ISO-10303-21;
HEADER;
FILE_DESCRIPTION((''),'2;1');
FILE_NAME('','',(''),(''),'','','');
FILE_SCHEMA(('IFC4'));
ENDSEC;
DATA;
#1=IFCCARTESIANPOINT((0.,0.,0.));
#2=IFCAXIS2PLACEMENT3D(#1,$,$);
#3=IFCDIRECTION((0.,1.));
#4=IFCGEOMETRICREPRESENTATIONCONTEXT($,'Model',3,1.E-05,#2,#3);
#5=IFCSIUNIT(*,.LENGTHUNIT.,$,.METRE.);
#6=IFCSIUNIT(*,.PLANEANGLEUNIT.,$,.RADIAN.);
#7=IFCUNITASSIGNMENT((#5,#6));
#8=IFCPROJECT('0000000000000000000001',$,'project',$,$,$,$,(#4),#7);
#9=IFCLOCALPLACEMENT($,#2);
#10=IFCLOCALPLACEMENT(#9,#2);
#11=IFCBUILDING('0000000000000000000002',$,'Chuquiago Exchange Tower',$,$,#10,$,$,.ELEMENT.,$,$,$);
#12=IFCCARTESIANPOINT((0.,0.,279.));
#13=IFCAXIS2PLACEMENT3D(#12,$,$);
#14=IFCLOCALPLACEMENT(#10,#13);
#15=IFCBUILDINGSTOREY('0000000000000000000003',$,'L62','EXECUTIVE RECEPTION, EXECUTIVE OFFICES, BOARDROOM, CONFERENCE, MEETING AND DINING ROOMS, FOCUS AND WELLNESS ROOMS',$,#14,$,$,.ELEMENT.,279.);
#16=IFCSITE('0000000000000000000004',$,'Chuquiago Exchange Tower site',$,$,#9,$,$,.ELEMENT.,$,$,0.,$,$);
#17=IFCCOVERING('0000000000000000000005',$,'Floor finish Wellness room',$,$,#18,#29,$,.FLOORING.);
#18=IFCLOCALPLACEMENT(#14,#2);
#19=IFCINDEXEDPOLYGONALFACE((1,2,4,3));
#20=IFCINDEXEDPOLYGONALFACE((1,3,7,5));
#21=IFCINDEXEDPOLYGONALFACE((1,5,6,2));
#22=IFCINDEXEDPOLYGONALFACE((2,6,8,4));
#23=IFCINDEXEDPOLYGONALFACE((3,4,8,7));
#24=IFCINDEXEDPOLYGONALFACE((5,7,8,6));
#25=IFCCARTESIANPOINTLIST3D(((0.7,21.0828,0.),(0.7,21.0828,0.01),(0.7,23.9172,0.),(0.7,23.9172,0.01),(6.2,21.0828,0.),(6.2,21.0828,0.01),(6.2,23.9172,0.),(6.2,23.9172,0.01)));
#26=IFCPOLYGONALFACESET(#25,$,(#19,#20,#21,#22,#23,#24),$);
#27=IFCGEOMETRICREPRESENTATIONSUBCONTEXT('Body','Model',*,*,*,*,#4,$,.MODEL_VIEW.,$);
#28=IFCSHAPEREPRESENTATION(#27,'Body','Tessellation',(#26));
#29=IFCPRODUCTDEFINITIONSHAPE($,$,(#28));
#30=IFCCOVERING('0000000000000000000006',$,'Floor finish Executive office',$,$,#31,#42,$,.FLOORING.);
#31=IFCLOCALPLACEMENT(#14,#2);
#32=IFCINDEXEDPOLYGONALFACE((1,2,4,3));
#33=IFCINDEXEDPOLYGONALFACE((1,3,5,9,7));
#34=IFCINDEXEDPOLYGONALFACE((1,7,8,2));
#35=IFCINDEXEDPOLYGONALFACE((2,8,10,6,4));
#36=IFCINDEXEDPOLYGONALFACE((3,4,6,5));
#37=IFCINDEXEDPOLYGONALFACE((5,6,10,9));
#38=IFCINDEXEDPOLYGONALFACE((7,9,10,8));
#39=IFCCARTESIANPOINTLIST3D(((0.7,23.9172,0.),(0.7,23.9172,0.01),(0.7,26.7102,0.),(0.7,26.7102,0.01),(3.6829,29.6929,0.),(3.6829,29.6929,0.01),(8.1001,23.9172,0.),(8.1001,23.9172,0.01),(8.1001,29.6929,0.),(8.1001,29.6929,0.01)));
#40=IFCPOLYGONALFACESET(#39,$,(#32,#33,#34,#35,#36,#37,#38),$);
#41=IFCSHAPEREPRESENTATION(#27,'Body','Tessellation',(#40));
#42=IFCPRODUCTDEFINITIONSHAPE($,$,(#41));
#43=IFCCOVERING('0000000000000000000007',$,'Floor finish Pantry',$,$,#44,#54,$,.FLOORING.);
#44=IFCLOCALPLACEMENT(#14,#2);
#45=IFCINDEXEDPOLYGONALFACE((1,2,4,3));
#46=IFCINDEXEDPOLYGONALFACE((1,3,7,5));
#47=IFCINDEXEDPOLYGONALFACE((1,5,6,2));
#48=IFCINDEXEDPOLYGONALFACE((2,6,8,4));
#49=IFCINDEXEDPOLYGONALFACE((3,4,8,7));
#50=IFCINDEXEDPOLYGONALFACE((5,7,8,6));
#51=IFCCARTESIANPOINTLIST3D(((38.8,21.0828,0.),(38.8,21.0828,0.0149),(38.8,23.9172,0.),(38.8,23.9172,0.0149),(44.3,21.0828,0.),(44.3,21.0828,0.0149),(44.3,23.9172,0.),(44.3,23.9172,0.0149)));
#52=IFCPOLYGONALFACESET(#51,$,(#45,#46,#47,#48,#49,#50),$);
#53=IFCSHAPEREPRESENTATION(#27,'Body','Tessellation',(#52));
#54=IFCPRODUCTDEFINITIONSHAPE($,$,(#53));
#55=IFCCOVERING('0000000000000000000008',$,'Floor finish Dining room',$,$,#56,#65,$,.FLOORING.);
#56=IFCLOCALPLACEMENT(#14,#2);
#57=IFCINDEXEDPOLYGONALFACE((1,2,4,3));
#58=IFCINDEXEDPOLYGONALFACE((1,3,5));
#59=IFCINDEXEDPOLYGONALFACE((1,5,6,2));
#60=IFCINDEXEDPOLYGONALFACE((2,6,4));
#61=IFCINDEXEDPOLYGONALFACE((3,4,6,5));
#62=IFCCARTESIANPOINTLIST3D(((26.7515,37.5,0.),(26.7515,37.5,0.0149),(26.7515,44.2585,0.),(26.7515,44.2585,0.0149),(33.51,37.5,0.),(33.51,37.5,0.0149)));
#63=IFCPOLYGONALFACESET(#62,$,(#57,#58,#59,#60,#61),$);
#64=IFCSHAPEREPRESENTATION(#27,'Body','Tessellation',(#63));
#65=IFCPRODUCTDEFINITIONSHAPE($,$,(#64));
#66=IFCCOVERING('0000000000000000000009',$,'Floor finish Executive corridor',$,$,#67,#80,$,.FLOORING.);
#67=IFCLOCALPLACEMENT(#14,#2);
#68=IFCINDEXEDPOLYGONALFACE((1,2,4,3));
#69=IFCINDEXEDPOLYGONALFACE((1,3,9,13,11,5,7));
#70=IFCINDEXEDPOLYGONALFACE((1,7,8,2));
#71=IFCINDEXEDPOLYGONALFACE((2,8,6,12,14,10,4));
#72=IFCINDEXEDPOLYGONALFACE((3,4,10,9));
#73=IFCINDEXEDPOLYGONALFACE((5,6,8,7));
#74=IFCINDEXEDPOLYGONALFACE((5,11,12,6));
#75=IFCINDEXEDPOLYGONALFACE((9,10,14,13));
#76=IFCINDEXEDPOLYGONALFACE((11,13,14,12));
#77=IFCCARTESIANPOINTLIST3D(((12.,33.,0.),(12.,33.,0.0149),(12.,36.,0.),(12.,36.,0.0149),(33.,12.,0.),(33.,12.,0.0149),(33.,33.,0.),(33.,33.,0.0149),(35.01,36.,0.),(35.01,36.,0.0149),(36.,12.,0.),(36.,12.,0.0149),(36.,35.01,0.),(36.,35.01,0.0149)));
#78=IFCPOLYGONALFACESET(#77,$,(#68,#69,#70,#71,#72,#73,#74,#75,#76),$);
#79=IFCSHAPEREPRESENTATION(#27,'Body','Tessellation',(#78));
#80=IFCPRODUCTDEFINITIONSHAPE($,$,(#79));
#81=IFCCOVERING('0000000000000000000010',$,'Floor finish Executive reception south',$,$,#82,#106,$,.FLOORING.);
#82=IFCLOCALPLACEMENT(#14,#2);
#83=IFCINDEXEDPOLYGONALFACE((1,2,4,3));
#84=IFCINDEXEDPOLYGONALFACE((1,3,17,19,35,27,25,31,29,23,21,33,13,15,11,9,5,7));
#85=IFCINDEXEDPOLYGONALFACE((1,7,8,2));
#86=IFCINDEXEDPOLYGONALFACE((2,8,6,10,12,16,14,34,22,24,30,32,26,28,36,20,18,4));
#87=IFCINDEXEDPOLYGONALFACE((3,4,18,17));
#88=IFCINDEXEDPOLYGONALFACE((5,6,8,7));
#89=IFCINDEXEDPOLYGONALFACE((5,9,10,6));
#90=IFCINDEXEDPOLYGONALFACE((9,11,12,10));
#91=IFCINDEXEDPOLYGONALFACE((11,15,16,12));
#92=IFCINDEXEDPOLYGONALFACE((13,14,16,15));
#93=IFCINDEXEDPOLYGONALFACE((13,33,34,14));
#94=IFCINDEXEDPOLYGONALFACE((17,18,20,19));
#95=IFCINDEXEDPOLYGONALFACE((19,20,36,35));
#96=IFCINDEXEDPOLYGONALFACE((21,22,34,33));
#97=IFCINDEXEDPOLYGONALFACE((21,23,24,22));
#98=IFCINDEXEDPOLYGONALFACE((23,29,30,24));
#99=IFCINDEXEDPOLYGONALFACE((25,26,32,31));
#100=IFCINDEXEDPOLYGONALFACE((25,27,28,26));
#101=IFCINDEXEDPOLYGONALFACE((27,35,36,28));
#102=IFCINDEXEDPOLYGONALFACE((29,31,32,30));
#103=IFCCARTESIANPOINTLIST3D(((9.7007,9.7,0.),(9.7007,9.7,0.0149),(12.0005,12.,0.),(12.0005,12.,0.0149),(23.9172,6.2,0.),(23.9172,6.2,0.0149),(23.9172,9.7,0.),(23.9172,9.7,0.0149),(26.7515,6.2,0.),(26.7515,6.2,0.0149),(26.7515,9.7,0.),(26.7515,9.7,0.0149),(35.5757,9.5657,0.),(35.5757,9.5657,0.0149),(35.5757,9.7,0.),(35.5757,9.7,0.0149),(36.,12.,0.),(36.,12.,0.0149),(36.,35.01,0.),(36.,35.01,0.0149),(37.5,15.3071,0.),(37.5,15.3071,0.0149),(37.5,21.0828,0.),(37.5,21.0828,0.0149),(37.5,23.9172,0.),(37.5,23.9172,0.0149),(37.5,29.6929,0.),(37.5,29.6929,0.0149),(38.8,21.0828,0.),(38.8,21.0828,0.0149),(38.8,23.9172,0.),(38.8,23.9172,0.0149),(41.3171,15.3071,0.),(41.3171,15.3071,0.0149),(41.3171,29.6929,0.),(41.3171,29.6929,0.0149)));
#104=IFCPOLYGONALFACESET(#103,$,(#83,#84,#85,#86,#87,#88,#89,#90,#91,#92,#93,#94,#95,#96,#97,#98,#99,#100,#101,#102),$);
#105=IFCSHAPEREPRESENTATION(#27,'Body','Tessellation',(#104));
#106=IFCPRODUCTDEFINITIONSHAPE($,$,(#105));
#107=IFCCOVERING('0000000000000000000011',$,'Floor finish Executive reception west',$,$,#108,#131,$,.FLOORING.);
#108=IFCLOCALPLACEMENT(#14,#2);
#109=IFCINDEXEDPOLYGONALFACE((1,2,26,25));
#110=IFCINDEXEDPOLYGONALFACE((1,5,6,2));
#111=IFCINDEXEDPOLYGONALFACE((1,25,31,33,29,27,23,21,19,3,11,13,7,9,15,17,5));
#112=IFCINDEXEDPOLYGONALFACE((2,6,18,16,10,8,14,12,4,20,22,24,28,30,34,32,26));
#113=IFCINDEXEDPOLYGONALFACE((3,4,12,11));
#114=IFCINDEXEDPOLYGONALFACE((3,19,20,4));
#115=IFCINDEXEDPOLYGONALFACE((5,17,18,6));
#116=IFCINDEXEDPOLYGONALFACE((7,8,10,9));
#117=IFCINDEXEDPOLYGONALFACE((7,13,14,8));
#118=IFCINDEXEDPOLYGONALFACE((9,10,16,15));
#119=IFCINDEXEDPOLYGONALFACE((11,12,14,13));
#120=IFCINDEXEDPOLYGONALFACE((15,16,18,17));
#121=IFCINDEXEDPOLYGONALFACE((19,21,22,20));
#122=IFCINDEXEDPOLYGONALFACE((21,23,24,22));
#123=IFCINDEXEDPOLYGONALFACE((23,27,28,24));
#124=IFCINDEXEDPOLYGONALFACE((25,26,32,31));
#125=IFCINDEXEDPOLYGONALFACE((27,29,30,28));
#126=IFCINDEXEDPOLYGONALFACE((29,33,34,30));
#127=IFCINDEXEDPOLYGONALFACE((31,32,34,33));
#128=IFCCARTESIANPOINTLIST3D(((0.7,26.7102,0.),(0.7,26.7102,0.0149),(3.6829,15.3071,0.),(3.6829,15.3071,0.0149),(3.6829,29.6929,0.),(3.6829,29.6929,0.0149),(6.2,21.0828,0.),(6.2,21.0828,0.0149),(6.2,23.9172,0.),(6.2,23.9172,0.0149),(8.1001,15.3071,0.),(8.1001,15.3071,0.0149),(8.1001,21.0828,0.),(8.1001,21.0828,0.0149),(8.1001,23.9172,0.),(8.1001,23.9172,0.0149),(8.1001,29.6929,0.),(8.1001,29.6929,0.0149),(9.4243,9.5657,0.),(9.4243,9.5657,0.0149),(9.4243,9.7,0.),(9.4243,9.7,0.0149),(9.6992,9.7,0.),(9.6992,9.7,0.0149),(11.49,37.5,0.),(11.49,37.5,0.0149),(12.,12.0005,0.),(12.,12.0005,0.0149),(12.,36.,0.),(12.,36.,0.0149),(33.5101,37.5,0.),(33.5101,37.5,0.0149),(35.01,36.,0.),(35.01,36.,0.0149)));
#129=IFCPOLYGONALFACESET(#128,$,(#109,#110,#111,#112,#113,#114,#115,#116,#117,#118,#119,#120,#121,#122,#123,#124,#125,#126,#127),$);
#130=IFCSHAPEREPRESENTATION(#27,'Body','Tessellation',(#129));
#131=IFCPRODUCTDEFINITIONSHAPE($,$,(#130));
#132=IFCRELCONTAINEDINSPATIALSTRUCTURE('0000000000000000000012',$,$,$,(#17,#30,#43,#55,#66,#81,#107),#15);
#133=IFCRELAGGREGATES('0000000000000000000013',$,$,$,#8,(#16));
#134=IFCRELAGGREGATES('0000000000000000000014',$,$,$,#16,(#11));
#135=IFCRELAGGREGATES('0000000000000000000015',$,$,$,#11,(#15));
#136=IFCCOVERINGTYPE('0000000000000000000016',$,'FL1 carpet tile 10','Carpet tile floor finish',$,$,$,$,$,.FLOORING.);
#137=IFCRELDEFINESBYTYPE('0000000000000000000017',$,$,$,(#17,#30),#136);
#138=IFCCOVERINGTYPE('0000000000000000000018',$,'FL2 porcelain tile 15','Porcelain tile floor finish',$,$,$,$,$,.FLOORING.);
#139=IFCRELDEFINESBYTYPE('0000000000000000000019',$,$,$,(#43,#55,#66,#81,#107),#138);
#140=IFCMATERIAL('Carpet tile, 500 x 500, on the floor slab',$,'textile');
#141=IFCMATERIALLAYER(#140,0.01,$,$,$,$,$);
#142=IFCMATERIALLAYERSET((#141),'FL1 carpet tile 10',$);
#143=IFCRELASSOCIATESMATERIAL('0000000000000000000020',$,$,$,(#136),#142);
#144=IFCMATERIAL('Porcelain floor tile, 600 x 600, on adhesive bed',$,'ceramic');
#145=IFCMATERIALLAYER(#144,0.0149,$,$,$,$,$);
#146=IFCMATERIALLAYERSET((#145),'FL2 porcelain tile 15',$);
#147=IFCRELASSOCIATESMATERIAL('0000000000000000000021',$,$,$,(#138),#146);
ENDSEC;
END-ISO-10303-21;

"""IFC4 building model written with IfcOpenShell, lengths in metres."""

from ifc_helpers import new_model, si_unit, direction, frame, origin, place, context, subcontext, project, spatial, polyline, outline, extrude, material, layer, layer_set, type_object, element, save


model = new_model("IFC4")

# Units and contexts
model_context = context("Model", 3, precision=1e-05, world=origin(), true_north=direction((0.0, 1.0)))
body_context = subcontext(model_context, "Body", "Model", "MODEL_VIEW")
ifc_project = project(units=[si_unit("LENGTHUNIT", "METRE"), si_unit("PLANEANGLEUNIT", "RADIAN")], contexts=[model_context])

# Site, building, storey
site_placement = place(None, origin())
site = spatial("IfcSite", under=ifc_project, at=site_placement, Name="Chuquiago Exchange Tower site", CompositionType="ELEMENT", RefElevation=0.0)
building_placement = place(site_placement, origin())
building = spatial("IfcBuilding", under=site, at=building_placement, Name="Chuquiago Exchange Tower", CompositionType="ELEMENT")
storey_placement = place(building_placement, frame((0.0, 0.0, 279.0)))
storey = spatial("IfcBuildingStorey", under=building, at=storey_placement, Name="L62", Description="EXECUTIVE RECEPTION, EXECUTIVE OFFICES, BOARDROOM, CONFERENCE, MEETING AND DINING ROOMS, FOCUS AND WELLNESS ROOMS", CompositionType="ELEMENT", Elevation=279.0)

# Coverings
ifc_material_1 = material(Name="Carpet tile, 500 x 500, on the floor slab", Category="textile")
ifc_layer_1 = layer(ifc_material_1, 0.01)
ifc_layer_set_1 = layer_set([ifc_layer_1], Name="FL1 carpet tile 10")
covering_type_1 = type_object("IfcCoveringType", Name="FL1 carpet tile 10", Description="Carpet tile floor finish", PredefinedType="FLOORING", material=ifc_layer_set_1)
covering_1_placement = place(storey_placement, origin())
element("IfcCovering", 1, at=covering_1_placement, inside=storey, type_object=covering_type_1, Name="Floor finish Wellness room", PredefinedType="FLOORING", context=body_context, shape_type="SweptSolid", body=[
    extrude(outline(polyline([(0.7, 23.9172), (6.2, 23.9172), (6.2, 21.0828), (0.7, 21.0828), (0.7, 23.9172)])), origin(), (0.0, 0.0, 1.0), 0.01),
])
covering_2_placement = place(storey_placement, origin())
element("IfcCovering", 2, at=covering_2_placement, inside=storey, type_object=covering_type_1, Name="Floor finish Executive office", PredefinedType="FLOORING", context=body_context, shape_type="SweptSolid", body=[
    extrude(outline(polyline([(0.7, 26.7102), (3.6829, 29.6929), (8.1001, 29.6929), (8.1001, 23.9172), (0.7, 23.9172), (0.7, 26.7102)])), origin(), (0.0, 0.0, 1.0), 0.01),
])
ifc_material_2 = material(Name="Porcelain floor tile, 600 x 600, on adhesive bed", Category="ceramic")
ifc_layer_2 = layer(ifc_material_2, 0.0149)
ifc_layer_set_2 = layer_set([ifc_layer_2], Name="FL2 porcelain tile 15")
covering_type_2 = type_object("IfcCoveringType", Name="FL2 porcelain tile 15", Description="Porcelain tile floor finish", PredefinedType="FLOORING", material=ifc_layer_set_2)
covering_3_placement = place(storey_placement, origin())
element("IfcCovering", 3, at=covering_3_placement, inside=storey, type_object=covering_type_2, Name="Floor finish Pantry", PredefinedType="FLOORING", context=body_context, shape_type="SweptSolid", body=[
    extrude(outline(polyline([(44.3, 21.0828), (38.8, 21.0828), (38.8, 23.9172), (44.3, 23.9172), (44.3, 21.0828)])), origin(), (0.0, 0.0, 1.0), 0.0149),
])
covering_4_placement = place(storey_placement, origin())
element("IfcCovering", 4, at=covering_4_placement, inside=storey, type_object=covering_type_2, Name="Floor finish Dining room", PredefinedType="FLOORING", context=body_context, shape_type="SweptSolid", body=[
    extrude(outline(polyline([(33.51, 37.5), (26.7515, 37.5), (26.7515, 44.2585), (33.51, 37.5)])), origin(), (0.0, 0.0, 1.0), 0.0149),
])
covering_5_placement = place(storey_placement, origin())
element("IfcCovering", 5, at=covering_5_placement, inside=storey, type_object=covering_type_2, Name="Floor finish Executive corridor", PredefinedType="FLOORING", context=body_context, shape_type="SweptSolid", body=[
    extrude(outline(polyline([(36.0, 35.01), (36.0, 12.0), (33.0, 12.0), (33.0, 33.0), (12.0, 33.0), (12.0, 36.0), (35.01, 36.0), (36.0, 35.01)])), origin(), (0.0, 0.0, 1.0), 0.0149),
])
covering_6_placement = place(storey_placement, origin())
element("IfcCovering", 6, at=covering_6_placement, inside=storey, type_object=covering_type_2, Name="Floor finish Executive reception south", PredefinedType="FLOORING", context=body_context, shape_type="SweptSolid", body=[
    extrude(outline(polyline([(12.0005, 12.0), (36.0, 12.0), (36.0, 35.01), (41.3171, 29.6929), (37.5, 29.6929), (37.5, 23.9172), (38.8, 23.9172), (38.8, 21.0828), (37.5, 21.0828), (37.5, 15.3071), (41.3171, 15.3071), (35.5757, 9.5657), (35.5757, 9.7), (26.7515, 9.7), (26.7515, 6.2), (23.9172, 6.2), (23.9172, 9.7), (9.7007, 9.7), (12.0005, 12.0)])), origin(), (0.0, 0.0, 1.0), 0.0149),
])
covering_7_placement = place(storey_placement, origin())
element("IfcCovering", 7, at=covering_7_placement, inside=storey, type_object=covering_type_2, Name="Floor finish Executive reception west", PredefinedType="FLOORING", context=body_context, shape_type="SweptSolid", body=[
    extrude(outline(polyline([(11.49, 37.5), (33.51, 37.5), (30.1309, 40.8794), (35.01, 36.0), (12.0, 36.0), (12.0, 12.0005), (9.6992, 9.7), (9.4243, 9.7), (9.4243, 9.5657), (3.6829, 15.3071), (8.1001, 15.3071), (8.1001, 21.0828), (6.2, 21.0828), (6.2, 23.9172), (8.1001, 23.9172), (8.1001, 29.6929), (3.6829, 29.6929), (0.7, 26.7102), (11.49, 37.5)])), origin(), (0.0, 0.0, 1.0), 0.0149),
])

save(model, "model.ifc")
